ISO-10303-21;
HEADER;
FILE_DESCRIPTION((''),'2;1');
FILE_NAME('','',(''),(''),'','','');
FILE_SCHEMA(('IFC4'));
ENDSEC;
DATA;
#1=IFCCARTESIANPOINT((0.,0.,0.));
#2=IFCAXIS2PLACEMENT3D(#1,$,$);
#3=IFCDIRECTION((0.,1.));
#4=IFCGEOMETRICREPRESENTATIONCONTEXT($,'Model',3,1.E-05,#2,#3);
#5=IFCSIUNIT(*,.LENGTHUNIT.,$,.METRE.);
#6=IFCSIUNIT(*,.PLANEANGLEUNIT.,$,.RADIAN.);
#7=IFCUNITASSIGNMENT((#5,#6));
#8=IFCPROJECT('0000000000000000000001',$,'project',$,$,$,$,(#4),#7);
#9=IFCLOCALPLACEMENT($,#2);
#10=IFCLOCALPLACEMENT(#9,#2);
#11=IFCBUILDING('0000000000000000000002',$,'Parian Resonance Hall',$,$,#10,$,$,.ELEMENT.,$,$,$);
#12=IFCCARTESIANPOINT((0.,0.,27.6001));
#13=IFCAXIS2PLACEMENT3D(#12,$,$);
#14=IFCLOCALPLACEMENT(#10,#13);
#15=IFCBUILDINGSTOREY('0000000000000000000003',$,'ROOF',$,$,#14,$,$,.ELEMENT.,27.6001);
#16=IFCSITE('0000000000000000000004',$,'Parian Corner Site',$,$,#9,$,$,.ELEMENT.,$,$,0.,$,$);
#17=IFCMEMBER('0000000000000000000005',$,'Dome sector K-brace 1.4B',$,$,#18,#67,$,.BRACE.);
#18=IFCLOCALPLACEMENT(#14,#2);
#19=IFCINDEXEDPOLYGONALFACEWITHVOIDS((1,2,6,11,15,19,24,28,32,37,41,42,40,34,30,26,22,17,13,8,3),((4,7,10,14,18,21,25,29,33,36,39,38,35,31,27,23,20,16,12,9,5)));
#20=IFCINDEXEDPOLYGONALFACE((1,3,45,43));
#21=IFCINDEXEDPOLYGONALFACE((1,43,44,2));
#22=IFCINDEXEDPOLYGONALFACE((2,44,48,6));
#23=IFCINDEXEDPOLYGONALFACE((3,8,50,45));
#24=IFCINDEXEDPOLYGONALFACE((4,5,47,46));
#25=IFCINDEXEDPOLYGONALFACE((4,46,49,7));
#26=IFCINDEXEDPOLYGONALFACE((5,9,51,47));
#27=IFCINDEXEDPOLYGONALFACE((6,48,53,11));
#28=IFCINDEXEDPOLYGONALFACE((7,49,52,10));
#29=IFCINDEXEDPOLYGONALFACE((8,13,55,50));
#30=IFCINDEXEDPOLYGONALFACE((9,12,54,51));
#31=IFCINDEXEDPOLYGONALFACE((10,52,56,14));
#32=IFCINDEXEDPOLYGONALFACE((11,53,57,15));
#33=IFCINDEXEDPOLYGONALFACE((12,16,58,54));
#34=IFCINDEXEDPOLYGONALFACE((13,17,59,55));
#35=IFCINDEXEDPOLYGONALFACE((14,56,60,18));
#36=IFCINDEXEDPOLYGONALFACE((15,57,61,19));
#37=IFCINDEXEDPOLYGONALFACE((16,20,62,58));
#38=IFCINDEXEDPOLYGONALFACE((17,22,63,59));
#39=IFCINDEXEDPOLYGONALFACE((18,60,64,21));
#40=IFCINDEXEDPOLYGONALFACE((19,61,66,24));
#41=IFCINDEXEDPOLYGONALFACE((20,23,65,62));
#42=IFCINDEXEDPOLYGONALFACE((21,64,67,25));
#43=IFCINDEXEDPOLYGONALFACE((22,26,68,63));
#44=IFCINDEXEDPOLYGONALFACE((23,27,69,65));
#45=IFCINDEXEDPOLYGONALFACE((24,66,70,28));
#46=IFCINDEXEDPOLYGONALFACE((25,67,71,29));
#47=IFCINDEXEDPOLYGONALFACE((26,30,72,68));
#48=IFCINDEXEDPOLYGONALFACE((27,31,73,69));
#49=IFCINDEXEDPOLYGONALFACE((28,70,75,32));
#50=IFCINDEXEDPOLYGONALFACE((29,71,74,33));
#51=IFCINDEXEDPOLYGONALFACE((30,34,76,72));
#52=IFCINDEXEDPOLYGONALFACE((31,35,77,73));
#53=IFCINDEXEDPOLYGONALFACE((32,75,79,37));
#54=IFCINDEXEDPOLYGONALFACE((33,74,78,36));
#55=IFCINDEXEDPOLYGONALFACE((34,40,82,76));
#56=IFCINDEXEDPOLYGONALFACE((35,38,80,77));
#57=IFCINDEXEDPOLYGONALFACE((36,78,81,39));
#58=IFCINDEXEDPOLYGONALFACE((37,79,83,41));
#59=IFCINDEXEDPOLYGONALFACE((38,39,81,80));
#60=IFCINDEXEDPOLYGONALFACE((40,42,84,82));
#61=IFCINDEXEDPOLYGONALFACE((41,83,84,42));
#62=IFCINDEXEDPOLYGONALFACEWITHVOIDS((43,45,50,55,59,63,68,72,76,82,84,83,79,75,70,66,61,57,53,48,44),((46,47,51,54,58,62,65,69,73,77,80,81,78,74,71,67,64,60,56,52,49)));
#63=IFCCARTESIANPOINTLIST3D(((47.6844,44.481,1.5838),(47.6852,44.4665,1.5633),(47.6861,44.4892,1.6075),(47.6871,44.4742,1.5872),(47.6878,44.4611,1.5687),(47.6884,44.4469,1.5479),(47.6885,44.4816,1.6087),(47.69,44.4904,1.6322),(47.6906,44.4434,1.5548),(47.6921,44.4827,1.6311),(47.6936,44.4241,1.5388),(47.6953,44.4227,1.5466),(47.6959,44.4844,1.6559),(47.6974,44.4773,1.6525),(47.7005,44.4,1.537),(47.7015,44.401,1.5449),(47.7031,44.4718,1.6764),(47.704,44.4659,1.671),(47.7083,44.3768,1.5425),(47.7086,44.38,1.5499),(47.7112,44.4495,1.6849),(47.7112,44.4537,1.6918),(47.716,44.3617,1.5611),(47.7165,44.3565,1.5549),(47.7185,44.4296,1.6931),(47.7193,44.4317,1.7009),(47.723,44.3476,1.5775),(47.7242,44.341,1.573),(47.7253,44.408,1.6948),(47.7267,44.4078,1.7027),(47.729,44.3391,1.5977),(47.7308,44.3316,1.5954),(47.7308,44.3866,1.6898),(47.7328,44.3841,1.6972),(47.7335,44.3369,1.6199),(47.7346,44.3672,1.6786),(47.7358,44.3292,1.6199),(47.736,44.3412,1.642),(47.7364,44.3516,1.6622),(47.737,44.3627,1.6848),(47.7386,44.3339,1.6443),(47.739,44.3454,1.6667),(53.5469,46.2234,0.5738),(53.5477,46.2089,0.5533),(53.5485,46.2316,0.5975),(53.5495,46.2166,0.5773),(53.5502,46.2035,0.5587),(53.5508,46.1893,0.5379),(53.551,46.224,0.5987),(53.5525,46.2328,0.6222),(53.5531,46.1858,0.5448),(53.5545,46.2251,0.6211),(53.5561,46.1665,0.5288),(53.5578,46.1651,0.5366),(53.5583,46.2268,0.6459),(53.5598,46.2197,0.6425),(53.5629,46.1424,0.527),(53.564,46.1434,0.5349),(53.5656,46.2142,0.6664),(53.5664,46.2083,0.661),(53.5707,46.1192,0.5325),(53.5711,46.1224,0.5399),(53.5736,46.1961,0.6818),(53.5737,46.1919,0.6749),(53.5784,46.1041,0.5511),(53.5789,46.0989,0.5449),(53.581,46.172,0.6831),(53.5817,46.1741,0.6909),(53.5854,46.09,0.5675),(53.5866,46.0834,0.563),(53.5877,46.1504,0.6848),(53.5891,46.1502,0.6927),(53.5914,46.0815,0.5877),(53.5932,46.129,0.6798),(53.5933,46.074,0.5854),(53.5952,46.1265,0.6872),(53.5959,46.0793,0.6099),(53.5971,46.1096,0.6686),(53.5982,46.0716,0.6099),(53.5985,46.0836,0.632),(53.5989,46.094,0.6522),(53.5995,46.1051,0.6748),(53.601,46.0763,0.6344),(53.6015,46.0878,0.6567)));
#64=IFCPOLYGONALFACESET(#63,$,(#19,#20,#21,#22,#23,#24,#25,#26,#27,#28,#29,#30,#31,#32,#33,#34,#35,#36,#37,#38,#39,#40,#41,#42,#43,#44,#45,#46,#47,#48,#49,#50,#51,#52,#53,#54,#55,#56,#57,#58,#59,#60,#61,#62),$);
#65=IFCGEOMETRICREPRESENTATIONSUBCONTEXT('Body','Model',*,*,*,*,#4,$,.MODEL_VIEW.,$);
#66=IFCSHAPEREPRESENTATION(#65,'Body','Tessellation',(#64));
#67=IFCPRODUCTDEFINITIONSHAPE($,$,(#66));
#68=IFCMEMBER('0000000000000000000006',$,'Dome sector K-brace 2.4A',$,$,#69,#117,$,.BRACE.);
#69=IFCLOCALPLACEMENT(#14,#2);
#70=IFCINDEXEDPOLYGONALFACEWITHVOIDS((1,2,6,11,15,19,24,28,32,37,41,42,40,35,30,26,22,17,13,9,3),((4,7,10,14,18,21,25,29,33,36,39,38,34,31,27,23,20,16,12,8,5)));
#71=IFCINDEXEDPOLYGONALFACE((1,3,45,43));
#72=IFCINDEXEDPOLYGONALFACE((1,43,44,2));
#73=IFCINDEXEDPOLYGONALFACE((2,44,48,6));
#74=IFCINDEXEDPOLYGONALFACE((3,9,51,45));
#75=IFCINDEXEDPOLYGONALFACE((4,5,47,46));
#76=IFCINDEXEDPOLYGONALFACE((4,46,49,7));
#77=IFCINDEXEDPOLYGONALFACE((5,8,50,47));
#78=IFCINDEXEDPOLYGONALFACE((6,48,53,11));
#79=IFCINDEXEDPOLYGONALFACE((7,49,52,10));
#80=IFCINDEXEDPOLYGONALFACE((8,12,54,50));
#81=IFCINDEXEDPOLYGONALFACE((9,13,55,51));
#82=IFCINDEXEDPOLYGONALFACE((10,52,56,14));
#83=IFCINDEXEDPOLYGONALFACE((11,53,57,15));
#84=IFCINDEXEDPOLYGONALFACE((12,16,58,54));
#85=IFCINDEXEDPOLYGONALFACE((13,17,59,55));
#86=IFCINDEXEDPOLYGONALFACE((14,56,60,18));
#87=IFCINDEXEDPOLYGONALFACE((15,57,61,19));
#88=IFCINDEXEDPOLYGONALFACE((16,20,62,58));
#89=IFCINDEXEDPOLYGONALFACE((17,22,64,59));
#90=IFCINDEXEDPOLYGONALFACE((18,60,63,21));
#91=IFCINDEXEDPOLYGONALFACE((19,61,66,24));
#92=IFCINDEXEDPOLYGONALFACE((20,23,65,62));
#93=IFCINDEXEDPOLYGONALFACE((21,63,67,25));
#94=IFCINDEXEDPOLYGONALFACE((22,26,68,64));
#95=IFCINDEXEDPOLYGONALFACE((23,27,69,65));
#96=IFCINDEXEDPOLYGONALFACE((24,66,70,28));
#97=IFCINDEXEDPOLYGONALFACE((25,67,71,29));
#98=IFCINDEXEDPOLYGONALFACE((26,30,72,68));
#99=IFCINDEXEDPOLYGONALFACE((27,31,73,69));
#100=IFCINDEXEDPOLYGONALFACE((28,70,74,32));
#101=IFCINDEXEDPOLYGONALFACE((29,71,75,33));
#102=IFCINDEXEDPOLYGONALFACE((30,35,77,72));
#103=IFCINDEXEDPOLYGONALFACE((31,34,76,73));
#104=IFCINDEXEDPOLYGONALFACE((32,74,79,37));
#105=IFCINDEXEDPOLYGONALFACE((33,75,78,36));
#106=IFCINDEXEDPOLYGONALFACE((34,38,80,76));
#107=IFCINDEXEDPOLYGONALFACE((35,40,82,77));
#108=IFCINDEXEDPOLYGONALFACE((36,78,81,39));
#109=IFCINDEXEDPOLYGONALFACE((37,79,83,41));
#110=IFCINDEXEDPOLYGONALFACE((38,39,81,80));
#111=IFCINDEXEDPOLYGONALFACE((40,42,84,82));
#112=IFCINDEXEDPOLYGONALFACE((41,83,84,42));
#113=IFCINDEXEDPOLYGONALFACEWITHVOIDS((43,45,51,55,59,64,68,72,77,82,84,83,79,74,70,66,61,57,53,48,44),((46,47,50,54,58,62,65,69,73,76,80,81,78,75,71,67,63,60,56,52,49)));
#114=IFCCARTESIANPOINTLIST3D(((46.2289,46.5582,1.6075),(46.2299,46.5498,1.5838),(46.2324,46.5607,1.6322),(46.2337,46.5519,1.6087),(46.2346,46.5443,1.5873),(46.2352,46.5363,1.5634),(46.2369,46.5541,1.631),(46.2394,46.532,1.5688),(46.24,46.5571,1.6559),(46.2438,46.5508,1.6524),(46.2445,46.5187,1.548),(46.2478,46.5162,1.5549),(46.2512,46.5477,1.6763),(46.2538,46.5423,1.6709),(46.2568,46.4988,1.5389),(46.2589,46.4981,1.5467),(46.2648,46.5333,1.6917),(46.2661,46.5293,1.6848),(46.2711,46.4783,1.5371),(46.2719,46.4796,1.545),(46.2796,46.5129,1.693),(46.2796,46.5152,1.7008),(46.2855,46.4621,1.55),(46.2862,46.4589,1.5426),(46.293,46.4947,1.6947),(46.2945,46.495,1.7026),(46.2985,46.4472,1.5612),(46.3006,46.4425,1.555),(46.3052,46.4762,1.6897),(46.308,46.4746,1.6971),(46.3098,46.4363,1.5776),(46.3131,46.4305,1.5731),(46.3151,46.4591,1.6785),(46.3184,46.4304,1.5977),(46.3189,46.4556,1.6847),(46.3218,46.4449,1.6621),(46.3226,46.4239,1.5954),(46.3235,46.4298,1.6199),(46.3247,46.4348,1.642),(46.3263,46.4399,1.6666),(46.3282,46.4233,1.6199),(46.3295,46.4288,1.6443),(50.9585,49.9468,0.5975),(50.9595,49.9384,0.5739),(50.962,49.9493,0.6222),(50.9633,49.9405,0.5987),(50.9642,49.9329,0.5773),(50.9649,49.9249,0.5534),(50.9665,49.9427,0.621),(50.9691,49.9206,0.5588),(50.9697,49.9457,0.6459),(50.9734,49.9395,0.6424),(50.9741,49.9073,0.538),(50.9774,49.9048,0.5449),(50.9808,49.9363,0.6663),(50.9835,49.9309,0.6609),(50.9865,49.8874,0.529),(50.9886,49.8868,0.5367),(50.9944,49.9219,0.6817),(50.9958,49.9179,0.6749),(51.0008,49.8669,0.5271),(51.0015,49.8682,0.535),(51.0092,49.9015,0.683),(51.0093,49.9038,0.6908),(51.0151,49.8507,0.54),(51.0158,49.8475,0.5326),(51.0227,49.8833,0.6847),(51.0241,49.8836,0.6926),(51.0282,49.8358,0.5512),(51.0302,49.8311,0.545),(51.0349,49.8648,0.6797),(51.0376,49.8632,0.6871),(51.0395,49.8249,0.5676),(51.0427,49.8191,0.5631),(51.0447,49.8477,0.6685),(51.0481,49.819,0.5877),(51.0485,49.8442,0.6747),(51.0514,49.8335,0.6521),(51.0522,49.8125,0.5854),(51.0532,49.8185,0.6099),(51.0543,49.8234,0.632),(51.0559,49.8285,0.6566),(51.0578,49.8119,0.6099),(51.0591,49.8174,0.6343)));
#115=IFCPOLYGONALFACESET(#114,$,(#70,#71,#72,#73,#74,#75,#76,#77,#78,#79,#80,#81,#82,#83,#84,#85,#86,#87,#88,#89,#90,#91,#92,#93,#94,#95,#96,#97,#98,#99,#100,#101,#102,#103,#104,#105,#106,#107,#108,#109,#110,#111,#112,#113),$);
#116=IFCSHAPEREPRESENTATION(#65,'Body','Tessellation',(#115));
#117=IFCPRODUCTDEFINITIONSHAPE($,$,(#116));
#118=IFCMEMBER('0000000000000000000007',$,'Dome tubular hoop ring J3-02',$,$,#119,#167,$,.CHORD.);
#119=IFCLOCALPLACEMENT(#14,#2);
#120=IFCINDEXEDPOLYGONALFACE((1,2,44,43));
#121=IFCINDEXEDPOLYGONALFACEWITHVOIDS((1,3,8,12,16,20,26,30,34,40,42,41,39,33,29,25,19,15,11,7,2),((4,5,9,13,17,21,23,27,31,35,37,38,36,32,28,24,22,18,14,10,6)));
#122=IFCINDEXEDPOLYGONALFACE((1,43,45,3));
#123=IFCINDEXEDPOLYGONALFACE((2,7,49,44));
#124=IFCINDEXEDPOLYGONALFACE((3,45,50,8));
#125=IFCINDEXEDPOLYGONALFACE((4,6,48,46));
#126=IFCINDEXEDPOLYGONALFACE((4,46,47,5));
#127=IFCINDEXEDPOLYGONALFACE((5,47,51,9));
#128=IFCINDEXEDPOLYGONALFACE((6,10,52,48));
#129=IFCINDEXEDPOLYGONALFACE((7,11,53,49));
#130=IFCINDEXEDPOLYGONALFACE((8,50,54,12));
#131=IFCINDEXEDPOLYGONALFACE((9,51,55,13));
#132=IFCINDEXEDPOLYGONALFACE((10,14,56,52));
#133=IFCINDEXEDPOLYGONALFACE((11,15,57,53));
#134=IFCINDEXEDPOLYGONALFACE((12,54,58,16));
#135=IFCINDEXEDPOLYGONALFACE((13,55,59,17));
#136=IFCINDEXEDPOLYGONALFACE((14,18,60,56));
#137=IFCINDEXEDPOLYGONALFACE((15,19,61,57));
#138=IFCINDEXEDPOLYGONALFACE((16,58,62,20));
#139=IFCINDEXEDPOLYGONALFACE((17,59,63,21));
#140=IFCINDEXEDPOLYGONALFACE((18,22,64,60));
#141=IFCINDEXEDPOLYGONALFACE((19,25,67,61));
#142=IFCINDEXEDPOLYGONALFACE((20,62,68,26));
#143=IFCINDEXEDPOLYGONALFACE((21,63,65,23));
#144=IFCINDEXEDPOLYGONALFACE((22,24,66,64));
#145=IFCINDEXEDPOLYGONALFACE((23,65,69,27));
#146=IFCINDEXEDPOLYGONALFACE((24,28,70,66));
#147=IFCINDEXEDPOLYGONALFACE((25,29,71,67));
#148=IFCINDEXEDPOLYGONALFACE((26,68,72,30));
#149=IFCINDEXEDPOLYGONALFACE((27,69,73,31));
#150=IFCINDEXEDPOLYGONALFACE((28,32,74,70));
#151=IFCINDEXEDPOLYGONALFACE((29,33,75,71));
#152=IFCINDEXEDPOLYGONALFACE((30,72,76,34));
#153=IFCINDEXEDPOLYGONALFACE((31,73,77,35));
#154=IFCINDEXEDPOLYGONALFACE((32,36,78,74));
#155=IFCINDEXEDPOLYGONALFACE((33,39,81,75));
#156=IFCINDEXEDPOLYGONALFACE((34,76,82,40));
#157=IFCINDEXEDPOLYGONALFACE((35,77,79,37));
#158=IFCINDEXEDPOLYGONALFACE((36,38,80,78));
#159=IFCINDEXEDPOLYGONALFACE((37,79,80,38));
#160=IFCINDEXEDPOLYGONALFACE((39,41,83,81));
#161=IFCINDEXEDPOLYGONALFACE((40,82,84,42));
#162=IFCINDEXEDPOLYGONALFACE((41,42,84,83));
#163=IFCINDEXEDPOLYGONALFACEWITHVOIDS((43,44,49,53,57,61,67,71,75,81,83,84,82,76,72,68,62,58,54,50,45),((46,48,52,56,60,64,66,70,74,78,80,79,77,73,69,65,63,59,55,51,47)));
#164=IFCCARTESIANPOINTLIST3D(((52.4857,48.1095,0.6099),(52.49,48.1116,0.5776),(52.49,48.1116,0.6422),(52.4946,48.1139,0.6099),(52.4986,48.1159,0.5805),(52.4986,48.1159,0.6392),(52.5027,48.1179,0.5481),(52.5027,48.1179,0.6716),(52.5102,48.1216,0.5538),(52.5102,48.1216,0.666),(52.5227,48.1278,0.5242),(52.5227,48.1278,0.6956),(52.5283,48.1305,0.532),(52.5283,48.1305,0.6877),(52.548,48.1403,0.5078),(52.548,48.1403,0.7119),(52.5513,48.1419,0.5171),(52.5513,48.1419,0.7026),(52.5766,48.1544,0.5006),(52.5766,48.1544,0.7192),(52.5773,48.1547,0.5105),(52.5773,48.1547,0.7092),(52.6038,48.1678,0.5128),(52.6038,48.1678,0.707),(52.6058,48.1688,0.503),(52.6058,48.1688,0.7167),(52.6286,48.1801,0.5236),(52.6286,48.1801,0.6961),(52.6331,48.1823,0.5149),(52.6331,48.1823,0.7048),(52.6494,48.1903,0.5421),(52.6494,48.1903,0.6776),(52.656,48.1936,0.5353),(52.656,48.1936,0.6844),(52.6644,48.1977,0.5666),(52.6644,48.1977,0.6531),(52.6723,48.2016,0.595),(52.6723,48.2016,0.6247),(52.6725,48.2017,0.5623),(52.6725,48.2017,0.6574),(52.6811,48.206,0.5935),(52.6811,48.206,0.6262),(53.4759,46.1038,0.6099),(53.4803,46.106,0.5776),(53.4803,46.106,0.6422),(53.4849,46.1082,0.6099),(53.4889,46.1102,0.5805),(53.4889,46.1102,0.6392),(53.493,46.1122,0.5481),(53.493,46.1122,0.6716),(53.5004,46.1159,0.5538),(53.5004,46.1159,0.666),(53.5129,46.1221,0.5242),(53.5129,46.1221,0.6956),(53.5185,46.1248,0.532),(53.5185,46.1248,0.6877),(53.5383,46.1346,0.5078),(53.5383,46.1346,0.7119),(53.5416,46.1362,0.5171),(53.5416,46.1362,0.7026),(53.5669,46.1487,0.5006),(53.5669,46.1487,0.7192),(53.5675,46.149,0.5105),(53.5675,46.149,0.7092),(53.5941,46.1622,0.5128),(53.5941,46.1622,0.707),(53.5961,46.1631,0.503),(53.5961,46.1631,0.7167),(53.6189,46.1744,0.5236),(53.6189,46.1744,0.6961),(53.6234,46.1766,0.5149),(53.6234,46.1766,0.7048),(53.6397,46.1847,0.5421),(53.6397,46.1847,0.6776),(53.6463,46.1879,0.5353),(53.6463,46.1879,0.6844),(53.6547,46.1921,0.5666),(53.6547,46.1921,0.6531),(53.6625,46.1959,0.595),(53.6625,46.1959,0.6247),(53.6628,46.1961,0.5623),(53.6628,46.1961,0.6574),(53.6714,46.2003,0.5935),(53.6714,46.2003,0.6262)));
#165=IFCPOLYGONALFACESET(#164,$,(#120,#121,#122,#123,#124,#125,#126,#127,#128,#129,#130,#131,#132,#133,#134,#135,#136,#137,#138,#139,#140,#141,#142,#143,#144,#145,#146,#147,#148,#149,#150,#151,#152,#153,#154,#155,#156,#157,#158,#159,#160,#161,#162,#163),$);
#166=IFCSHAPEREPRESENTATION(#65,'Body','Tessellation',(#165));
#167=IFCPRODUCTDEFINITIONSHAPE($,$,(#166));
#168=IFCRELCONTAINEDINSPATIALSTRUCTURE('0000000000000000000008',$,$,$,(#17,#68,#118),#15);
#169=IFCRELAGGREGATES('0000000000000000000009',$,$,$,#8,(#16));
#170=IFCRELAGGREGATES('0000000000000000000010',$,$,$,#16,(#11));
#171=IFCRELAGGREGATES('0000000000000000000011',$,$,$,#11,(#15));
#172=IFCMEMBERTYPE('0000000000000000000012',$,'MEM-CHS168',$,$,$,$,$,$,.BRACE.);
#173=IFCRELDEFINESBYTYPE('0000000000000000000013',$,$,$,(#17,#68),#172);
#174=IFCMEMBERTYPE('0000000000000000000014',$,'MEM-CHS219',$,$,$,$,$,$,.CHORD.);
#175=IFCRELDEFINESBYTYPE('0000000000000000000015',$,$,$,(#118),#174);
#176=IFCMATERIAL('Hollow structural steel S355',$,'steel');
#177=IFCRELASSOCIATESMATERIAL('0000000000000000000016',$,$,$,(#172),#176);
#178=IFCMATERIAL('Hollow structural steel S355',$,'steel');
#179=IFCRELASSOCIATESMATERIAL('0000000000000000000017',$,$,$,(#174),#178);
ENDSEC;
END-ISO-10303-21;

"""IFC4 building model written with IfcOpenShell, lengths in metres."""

from ifc_helpers import new_model, si_unit, direction, frame, origin, origin_2d, place, context, subcontext, project, spatial, hollow_circle, extrude, material, material_profile, profile_set, type_object, element, save


model = new_model("IFC4")

# Units and contexts
model_context = context("Model", 3, precision=1e-05, world=origin(), true_north=direction((0.0, 1.0)))
body_context = subcontext(model_context, "Body", "Model", "MODEL_VIEW")
ifc_project = project(units=[si_unit("LENGTHUNIT", "METRE"), si_unit("PLANEANGLEUNIT", "RADIAN")], contexts=[model_context])

# Site, building, storey
site_placement = place(None, origin())
site = spatial("IfcSite", under=ifc_project, at=site_placement, Name="Parian Corner Site", CompositionType="ELEMENT", RefElevation=0.0)
building_placement = place(site_placement, origin())
building = spatial("IfcBuilding", under=site, at=building_placement, Name="Parian Resonance Hall", CompositionType="ELEMENT")
storey_placement = place(building_placement, frame((0.0, 0.0, 27.6001)))
storey = spatial("IfcBuildingStorey", under=building, at=storey_placement, Name="ROOF", CompositionType="ELEMENT", Elevation=27.6001)

# Members
ifc_material_1 = material(Name="Hollow structural steel S355", Category="steel")
ifc_material_profile_1 = material_profile(ifc_material_1, hollow_circle(Radius=0.0842, WallThickness=0.0081, at=origin_2d()), Name="CHS168.3x8")
ifc_profile_set_1 = profile_set([ifc_material_profile_1], Name="Hollow structural steel S355")
member_type_1 = type_object("IfcMemberType", Name="MEM-CHS168", PredefinedType="BRACE", material=ifc_profile_set_1)
member_1_placement = place(storey_placement, frame((53.5742, 46.1523, 0.6099), z_axis=(-0.945749, -0.28109, 0.162935), x_axis=(0.284897, -0.958558, 0.0)))
element("IfcMember", 1, at=member_1_placement, inside=storey, type_object=member_type_1, Name="Dome sector K-brace 1.4B", PredefinedType="BRACE", context=body_context, shape_type="SweptSolid", body=[
    extrude(hollow_circle(Radius=0.0842, WallThickness=0.0081, at=origin_2d()), origin(), (0.0, 0.0, 1.0), 6.1987),
])
member_2_placement = place(storey_placement, frame((51.0088, 49.8804, 0.6099), z_axis=(-0.800919, -0.573827, 0.171032), x_axis=(0.582409, -0.812896, 0.0)))
element("IfcMember", 2, at=member_2_placement, inside=storey, type_object=member_type_1, Name="Dome sector K-brace 2.4A", PredefinedType="BRACE", context=body_context, shape_type="SweptSolid", body=[
    extrude(hollow_circle(Radius=0.0842, WallThickness=0.0081, at=origin_2d()), origin(), (0.0, 0.0, 1.0), 5.9053),
])
ifc_material_2 = material(Name="Hollow structural steel S355", Category="steel")
ifc_material_profile_2 = material_profile(ifc_material_2, hollow_circle(Radius=0.1096, WallThickness=0.01, at=origin_2d()), Name="CHS219.1x10")
ifc_profile_set_2 = profile_set([ifc_material_profile_2], Name="Hollow structural steel S355")
member_type_2 = type_object("IfcMemberType", Name="MEM-CHS219", PredefinedType="CHORD", material=ifc_profile_set_2)
member_3_placement = place(storey_placement, frame((53.5742, 46.1523, 0.6099), z_axis=(-0.442711, 0.896664, 0.0), x_axis=(-0.896664, -0.442711, 0.0)))
element("IfcMember", 3, at=member_3_placement, inside=storey, type_object=member_type_2, Name="Dome tubular hoop ring J3-02", PredefinedType="CHORD", context=body_context, shape_type="SweptSolid", body=[
    extrude(hollow_circle(Radius=0.1096, WallThickness=0.01, at=origin_2d()), origin(), (0.0, 0.0, 1.0), 2.2368),
])

save(model, "model.ifc")
